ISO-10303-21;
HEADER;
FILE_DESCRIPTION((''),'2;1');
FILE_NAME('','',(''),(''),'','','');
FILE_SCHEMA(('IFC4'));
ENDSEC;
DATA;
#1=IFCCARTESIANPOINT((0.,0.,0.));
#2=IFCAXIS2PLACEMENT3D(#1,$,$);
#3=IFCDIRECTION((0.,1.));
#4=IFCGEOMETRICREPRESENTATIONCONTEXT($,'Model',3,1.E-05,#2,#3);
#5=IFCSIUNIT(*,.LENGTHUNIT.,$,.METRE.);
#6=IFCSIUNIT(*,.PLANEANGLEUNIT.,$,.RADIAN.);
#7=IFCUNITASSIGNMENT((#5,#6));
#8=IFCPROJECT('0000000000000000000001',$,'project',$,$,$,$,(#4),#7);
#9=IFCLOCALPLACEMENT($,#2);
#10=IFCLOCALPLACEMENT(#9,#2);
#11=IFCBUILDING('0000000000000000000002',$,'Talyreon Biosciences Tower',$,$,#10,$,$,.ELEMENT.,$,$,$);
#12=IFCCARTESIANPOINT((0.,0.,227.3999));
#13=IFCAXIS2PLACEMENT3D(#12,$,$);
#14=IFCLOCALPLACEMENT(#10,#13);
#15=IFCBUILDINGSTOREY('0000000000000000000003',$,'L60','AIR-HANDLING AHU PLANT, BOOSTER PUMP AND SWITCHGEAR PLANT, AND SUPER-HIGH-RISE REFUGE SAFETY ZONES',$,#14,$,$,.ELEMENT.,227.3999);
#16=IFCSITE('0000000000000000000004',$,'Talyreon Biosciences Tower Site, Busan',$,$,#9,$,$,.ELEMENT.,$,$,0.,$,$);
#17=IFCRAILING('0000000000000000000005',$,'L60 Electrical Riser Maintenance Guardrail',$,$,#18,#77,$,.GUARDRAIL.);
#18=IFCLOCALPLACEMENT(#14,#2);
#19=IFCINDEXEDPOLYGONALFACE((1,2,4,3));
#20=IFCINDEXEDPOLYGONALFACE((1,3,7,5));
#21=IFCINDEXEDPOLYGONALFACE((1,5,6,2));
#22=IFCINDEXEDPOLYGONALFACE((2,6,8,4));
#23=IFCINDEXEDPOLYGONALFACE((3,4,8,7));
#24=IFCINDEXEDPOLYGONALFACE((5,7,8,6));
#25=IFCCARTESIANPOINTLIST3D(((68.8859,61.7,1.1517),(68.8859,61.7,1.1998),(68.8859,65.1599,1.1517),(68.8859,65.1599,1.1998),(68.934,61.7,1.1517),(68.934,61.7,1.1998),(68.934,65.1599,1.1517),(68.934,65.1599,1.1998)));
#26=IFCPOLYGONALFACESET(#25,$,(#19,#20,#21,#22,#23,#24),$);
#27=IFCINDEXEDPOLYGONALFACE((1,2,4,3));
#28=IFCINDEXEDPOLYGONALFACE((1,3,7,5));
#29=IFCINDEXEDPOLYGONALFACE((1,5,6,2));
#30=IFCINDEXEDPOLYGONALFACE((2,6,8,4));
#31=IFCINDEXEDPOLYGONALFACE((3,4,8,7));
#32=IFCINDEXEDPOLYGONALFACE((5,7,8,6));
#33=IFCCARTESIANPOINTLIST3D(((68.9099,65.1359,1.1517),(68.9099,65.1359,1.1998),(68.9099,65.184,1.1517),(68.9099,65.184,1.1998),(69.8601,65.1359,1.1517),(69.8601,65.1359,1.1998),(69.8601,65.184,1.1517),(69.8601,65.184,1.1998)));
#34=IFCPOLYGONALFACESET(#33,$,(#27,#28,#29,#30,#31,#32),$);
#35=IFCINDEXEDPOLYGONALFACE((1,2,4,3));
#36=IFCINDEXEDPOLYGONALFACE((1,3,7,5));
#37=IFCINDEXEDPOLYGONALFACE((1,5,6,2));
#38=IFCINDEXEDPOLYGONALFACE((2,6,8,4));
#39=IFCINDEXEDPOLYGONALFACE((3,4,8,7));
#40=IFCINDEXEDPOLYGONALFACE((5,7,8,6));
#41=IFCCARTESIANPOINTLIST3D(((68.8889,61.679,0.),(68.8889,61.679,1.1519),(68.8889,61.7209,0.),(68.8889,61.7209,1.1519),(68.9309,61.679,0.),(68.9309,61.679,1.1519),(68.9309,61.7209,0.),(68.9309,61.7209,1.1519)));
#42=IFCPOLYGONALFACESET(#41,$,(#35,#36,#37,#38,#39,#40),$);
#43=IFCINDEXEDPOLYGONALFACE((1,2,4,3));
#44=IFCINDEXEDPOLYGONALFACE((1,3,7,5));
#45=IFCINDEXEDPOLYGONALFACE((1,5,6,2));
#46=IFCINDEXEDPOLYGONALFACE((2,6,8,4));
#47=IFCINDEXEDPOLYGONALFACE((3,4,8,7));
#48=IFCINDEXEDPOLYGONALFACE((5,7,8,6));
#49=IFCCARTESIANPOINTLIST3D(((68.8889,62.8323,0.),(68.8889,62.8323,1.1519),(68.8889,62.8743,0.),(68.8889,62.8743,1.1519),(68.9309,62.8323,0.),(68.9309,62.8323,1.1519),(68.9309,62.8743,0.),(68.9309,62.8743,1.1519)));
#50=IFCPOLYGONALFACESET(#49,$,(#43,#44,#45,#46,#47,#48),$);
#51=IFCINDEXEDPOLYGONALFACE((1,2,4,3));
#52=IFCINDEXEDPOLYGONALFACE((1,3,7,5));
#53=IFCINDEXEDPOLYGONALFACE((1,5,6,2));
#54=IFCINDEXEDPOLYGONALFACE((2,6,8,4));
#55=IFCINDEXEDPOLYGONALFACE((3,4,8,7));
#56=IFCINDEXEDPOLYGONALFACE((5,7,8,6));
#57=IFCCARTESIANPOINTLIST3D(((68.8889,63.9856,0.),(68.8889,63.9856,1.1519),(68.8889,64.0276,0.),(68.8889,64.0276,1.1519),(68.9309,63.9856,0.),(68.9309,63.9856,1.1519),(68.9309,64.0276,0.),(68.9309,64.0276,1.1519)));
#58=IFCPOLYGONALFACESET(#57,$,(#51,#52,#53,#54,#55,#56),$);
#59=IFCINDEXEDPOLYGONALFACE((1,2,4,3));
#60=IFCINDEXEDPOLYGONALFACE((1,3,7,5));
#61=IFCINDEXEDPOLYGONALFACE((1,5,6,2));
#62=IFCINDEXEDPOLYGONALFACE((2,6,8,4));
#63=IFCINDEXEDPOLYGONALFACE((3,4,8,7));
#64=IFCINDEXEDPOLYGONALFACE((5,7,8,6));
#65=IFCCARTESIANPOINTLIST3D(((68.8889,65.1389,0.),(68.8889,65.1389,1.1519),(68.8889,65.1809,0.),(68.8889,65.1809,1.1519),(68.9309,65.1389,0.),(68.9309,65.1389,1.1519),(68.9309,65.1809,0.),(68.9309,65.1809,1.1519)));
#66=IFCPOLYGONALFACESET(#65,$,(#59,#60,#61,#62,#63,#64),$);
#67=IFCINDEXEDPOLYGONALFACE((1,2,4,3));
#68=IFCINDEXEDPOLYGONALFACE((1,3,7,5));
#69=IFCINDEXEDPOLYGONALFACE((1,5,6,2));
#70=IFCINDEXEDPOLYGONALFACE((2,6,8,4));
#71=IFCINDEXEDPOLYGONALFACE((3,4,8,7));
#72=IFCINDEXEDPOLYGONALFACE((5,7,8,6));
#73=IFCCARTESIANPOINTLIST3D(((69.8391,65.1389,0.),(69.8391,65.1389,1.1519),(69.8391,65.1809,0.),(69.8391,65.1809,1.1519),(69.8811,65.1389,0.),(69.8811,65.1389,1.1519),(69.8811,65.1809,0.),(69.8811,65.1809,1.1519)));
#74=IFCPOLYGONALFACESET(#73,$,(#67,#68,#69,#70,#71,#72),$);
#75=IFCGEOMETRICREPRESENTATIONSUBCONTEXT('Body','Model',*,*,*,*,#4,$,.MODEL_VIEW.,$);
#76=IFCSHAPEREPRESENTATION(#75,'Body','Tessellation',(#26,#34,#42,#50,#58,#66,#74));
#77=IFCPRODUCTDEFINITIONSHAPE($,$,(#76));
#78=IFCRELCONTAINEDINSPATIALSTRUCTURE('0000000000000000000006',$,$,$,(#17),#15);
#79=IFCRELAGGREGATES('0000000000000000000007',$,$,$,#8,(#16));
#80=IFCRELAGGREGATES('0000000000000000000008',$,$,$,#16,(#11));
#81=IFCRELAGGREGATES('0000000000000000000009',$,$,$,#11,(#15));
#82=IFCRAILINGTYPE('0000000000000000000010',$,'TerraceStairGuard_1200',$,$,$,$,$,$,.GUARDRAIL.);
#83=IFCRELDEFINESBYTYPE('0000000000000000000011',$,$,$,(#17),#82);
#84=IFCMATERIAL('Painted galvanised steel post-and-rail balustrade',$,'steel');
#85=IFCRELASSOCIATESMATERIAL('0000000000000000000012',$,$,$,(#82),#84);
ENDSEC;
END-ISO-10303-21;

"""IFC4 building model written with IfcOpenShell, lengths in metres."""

from ifc_helpers import new_model, si_unit, direction, frame, origin, origin_2d, place, context, subcontext, project, spatial, rectangle, extrude, material, type_object, element, save


model = new_model("IFC4")

# Units and contexts
model_context = context("Model", 3, precision=1e-05, world=origin(), true_north=direction((0.0, 1.0)))
body_context = subcontext(model_context, "Body", "Model", "MODEL_VIEW")
ifc_project = project(units=[si_unit("LENGTHUNIT", "METRE"), si_unit("PLANEANGLEUNIT", "RADIAN")], contexts=[model_context])

# Site, building, storey
site_placement = place(None, origin())
site = spatial("IfcSite", under=ifc_project, at=site_placement, Name="Talyreon Biosciences Tower Site, Busan", CompositionType="ELEMENT", RefElevation=0.0)
building_placement = place(site_placement, origin())
building = spatial("IfcBuilding", under=site, at=building_placement, Name="Talyreon Biosciences Tower", CompositionType="ELEMENT")
storey_placement = place(building_placement, frame((0.0, 0.0, 227.3999)))
storey = spatial("IfcBuildingStorey", under=building, at=storey_placement, Name="L60", Description="AIR-HANDLING AHU PLANT, BOOSTER PUMP AND SWITCHGEAR PLANT, AND SUPER-HIGH-RISE REFUGE SAFETY ZONES", CompositionType="ELEMENT", Elevation=227.3999)

# Railing
ifc_material_1 = material(Name="Painted galvanised steel post-and-rail balustrade", Category="steel")
railing_type_1 = type_object("IfcRailingType", Name="TerraceStairGuard_1200", PredefinedType="GUARDRAIL", material=ifc_material_1)
railing_1_placement = place(storey_placement, frame((68.9099, 61.7, 0.0)))
element("IfcRailing", 1, at=railing_1_placement, inside=storey, type_object=railing_type_1, Name="L60 Electrical Riser Maintenance Guardrail", PredefinedType="GUARDRAIL", context=body_context, shape_type="SweptSolid", body=[
    extrude(rectangle(XDim=0.0481, YDim=0.0481, at=origin_2d()), frame((0.0, 0.0, 1.1758), z_axis=(0.0, 1.0, 0.0), x_axis=(-1.0, 0.0, 0.0)), (0.0, 0.0, 1.0), 3.46),
    extrude(rectangle(XDim=0.0481, YDim=0.0481, at=origin_2d()), frame((0.0, 3.46, 1.1758), z_axis=(1.0, 0.0, 0.0), x_axis=(0.0, 1.0, 0.0)), (0.0, 0.0, 1.0), 0.9502),
    extrude(rectangle(XDim=0.042, YDim=0.042, at=origin_2d()), origin(), (0.0, 0.0, 1.0), 1.1519),
    extrude(rectangle(XDim=0.042, YDim=0.042, at=origin_2d()), frame((0.0, 1.1533, 0.0)), (0.0, 0.0, 1.0), 1.1519),
    extrude(rectangle(XDim=0.042, YDim=0.042, at=origin_2d()), frame((0.0, 2.3066, 0.0)), (0.0, 0.0, 1.0), 1.1519),
    extrude(rectangle(XDim=0.042, YDim=0.042, at=origin_2d()), frame((0.0, 3.46, 0.0)), (0.0, 0.0, 1.0), 1.1519),
    extrude(rectangle(XDim=0.042, YDim=0.042, at=origin_2d()), frame((0.9502, 3.46, 0.0)), (0.0, 0.0, 1.0), 1.1519),
])

save(model, "model.ifc")
